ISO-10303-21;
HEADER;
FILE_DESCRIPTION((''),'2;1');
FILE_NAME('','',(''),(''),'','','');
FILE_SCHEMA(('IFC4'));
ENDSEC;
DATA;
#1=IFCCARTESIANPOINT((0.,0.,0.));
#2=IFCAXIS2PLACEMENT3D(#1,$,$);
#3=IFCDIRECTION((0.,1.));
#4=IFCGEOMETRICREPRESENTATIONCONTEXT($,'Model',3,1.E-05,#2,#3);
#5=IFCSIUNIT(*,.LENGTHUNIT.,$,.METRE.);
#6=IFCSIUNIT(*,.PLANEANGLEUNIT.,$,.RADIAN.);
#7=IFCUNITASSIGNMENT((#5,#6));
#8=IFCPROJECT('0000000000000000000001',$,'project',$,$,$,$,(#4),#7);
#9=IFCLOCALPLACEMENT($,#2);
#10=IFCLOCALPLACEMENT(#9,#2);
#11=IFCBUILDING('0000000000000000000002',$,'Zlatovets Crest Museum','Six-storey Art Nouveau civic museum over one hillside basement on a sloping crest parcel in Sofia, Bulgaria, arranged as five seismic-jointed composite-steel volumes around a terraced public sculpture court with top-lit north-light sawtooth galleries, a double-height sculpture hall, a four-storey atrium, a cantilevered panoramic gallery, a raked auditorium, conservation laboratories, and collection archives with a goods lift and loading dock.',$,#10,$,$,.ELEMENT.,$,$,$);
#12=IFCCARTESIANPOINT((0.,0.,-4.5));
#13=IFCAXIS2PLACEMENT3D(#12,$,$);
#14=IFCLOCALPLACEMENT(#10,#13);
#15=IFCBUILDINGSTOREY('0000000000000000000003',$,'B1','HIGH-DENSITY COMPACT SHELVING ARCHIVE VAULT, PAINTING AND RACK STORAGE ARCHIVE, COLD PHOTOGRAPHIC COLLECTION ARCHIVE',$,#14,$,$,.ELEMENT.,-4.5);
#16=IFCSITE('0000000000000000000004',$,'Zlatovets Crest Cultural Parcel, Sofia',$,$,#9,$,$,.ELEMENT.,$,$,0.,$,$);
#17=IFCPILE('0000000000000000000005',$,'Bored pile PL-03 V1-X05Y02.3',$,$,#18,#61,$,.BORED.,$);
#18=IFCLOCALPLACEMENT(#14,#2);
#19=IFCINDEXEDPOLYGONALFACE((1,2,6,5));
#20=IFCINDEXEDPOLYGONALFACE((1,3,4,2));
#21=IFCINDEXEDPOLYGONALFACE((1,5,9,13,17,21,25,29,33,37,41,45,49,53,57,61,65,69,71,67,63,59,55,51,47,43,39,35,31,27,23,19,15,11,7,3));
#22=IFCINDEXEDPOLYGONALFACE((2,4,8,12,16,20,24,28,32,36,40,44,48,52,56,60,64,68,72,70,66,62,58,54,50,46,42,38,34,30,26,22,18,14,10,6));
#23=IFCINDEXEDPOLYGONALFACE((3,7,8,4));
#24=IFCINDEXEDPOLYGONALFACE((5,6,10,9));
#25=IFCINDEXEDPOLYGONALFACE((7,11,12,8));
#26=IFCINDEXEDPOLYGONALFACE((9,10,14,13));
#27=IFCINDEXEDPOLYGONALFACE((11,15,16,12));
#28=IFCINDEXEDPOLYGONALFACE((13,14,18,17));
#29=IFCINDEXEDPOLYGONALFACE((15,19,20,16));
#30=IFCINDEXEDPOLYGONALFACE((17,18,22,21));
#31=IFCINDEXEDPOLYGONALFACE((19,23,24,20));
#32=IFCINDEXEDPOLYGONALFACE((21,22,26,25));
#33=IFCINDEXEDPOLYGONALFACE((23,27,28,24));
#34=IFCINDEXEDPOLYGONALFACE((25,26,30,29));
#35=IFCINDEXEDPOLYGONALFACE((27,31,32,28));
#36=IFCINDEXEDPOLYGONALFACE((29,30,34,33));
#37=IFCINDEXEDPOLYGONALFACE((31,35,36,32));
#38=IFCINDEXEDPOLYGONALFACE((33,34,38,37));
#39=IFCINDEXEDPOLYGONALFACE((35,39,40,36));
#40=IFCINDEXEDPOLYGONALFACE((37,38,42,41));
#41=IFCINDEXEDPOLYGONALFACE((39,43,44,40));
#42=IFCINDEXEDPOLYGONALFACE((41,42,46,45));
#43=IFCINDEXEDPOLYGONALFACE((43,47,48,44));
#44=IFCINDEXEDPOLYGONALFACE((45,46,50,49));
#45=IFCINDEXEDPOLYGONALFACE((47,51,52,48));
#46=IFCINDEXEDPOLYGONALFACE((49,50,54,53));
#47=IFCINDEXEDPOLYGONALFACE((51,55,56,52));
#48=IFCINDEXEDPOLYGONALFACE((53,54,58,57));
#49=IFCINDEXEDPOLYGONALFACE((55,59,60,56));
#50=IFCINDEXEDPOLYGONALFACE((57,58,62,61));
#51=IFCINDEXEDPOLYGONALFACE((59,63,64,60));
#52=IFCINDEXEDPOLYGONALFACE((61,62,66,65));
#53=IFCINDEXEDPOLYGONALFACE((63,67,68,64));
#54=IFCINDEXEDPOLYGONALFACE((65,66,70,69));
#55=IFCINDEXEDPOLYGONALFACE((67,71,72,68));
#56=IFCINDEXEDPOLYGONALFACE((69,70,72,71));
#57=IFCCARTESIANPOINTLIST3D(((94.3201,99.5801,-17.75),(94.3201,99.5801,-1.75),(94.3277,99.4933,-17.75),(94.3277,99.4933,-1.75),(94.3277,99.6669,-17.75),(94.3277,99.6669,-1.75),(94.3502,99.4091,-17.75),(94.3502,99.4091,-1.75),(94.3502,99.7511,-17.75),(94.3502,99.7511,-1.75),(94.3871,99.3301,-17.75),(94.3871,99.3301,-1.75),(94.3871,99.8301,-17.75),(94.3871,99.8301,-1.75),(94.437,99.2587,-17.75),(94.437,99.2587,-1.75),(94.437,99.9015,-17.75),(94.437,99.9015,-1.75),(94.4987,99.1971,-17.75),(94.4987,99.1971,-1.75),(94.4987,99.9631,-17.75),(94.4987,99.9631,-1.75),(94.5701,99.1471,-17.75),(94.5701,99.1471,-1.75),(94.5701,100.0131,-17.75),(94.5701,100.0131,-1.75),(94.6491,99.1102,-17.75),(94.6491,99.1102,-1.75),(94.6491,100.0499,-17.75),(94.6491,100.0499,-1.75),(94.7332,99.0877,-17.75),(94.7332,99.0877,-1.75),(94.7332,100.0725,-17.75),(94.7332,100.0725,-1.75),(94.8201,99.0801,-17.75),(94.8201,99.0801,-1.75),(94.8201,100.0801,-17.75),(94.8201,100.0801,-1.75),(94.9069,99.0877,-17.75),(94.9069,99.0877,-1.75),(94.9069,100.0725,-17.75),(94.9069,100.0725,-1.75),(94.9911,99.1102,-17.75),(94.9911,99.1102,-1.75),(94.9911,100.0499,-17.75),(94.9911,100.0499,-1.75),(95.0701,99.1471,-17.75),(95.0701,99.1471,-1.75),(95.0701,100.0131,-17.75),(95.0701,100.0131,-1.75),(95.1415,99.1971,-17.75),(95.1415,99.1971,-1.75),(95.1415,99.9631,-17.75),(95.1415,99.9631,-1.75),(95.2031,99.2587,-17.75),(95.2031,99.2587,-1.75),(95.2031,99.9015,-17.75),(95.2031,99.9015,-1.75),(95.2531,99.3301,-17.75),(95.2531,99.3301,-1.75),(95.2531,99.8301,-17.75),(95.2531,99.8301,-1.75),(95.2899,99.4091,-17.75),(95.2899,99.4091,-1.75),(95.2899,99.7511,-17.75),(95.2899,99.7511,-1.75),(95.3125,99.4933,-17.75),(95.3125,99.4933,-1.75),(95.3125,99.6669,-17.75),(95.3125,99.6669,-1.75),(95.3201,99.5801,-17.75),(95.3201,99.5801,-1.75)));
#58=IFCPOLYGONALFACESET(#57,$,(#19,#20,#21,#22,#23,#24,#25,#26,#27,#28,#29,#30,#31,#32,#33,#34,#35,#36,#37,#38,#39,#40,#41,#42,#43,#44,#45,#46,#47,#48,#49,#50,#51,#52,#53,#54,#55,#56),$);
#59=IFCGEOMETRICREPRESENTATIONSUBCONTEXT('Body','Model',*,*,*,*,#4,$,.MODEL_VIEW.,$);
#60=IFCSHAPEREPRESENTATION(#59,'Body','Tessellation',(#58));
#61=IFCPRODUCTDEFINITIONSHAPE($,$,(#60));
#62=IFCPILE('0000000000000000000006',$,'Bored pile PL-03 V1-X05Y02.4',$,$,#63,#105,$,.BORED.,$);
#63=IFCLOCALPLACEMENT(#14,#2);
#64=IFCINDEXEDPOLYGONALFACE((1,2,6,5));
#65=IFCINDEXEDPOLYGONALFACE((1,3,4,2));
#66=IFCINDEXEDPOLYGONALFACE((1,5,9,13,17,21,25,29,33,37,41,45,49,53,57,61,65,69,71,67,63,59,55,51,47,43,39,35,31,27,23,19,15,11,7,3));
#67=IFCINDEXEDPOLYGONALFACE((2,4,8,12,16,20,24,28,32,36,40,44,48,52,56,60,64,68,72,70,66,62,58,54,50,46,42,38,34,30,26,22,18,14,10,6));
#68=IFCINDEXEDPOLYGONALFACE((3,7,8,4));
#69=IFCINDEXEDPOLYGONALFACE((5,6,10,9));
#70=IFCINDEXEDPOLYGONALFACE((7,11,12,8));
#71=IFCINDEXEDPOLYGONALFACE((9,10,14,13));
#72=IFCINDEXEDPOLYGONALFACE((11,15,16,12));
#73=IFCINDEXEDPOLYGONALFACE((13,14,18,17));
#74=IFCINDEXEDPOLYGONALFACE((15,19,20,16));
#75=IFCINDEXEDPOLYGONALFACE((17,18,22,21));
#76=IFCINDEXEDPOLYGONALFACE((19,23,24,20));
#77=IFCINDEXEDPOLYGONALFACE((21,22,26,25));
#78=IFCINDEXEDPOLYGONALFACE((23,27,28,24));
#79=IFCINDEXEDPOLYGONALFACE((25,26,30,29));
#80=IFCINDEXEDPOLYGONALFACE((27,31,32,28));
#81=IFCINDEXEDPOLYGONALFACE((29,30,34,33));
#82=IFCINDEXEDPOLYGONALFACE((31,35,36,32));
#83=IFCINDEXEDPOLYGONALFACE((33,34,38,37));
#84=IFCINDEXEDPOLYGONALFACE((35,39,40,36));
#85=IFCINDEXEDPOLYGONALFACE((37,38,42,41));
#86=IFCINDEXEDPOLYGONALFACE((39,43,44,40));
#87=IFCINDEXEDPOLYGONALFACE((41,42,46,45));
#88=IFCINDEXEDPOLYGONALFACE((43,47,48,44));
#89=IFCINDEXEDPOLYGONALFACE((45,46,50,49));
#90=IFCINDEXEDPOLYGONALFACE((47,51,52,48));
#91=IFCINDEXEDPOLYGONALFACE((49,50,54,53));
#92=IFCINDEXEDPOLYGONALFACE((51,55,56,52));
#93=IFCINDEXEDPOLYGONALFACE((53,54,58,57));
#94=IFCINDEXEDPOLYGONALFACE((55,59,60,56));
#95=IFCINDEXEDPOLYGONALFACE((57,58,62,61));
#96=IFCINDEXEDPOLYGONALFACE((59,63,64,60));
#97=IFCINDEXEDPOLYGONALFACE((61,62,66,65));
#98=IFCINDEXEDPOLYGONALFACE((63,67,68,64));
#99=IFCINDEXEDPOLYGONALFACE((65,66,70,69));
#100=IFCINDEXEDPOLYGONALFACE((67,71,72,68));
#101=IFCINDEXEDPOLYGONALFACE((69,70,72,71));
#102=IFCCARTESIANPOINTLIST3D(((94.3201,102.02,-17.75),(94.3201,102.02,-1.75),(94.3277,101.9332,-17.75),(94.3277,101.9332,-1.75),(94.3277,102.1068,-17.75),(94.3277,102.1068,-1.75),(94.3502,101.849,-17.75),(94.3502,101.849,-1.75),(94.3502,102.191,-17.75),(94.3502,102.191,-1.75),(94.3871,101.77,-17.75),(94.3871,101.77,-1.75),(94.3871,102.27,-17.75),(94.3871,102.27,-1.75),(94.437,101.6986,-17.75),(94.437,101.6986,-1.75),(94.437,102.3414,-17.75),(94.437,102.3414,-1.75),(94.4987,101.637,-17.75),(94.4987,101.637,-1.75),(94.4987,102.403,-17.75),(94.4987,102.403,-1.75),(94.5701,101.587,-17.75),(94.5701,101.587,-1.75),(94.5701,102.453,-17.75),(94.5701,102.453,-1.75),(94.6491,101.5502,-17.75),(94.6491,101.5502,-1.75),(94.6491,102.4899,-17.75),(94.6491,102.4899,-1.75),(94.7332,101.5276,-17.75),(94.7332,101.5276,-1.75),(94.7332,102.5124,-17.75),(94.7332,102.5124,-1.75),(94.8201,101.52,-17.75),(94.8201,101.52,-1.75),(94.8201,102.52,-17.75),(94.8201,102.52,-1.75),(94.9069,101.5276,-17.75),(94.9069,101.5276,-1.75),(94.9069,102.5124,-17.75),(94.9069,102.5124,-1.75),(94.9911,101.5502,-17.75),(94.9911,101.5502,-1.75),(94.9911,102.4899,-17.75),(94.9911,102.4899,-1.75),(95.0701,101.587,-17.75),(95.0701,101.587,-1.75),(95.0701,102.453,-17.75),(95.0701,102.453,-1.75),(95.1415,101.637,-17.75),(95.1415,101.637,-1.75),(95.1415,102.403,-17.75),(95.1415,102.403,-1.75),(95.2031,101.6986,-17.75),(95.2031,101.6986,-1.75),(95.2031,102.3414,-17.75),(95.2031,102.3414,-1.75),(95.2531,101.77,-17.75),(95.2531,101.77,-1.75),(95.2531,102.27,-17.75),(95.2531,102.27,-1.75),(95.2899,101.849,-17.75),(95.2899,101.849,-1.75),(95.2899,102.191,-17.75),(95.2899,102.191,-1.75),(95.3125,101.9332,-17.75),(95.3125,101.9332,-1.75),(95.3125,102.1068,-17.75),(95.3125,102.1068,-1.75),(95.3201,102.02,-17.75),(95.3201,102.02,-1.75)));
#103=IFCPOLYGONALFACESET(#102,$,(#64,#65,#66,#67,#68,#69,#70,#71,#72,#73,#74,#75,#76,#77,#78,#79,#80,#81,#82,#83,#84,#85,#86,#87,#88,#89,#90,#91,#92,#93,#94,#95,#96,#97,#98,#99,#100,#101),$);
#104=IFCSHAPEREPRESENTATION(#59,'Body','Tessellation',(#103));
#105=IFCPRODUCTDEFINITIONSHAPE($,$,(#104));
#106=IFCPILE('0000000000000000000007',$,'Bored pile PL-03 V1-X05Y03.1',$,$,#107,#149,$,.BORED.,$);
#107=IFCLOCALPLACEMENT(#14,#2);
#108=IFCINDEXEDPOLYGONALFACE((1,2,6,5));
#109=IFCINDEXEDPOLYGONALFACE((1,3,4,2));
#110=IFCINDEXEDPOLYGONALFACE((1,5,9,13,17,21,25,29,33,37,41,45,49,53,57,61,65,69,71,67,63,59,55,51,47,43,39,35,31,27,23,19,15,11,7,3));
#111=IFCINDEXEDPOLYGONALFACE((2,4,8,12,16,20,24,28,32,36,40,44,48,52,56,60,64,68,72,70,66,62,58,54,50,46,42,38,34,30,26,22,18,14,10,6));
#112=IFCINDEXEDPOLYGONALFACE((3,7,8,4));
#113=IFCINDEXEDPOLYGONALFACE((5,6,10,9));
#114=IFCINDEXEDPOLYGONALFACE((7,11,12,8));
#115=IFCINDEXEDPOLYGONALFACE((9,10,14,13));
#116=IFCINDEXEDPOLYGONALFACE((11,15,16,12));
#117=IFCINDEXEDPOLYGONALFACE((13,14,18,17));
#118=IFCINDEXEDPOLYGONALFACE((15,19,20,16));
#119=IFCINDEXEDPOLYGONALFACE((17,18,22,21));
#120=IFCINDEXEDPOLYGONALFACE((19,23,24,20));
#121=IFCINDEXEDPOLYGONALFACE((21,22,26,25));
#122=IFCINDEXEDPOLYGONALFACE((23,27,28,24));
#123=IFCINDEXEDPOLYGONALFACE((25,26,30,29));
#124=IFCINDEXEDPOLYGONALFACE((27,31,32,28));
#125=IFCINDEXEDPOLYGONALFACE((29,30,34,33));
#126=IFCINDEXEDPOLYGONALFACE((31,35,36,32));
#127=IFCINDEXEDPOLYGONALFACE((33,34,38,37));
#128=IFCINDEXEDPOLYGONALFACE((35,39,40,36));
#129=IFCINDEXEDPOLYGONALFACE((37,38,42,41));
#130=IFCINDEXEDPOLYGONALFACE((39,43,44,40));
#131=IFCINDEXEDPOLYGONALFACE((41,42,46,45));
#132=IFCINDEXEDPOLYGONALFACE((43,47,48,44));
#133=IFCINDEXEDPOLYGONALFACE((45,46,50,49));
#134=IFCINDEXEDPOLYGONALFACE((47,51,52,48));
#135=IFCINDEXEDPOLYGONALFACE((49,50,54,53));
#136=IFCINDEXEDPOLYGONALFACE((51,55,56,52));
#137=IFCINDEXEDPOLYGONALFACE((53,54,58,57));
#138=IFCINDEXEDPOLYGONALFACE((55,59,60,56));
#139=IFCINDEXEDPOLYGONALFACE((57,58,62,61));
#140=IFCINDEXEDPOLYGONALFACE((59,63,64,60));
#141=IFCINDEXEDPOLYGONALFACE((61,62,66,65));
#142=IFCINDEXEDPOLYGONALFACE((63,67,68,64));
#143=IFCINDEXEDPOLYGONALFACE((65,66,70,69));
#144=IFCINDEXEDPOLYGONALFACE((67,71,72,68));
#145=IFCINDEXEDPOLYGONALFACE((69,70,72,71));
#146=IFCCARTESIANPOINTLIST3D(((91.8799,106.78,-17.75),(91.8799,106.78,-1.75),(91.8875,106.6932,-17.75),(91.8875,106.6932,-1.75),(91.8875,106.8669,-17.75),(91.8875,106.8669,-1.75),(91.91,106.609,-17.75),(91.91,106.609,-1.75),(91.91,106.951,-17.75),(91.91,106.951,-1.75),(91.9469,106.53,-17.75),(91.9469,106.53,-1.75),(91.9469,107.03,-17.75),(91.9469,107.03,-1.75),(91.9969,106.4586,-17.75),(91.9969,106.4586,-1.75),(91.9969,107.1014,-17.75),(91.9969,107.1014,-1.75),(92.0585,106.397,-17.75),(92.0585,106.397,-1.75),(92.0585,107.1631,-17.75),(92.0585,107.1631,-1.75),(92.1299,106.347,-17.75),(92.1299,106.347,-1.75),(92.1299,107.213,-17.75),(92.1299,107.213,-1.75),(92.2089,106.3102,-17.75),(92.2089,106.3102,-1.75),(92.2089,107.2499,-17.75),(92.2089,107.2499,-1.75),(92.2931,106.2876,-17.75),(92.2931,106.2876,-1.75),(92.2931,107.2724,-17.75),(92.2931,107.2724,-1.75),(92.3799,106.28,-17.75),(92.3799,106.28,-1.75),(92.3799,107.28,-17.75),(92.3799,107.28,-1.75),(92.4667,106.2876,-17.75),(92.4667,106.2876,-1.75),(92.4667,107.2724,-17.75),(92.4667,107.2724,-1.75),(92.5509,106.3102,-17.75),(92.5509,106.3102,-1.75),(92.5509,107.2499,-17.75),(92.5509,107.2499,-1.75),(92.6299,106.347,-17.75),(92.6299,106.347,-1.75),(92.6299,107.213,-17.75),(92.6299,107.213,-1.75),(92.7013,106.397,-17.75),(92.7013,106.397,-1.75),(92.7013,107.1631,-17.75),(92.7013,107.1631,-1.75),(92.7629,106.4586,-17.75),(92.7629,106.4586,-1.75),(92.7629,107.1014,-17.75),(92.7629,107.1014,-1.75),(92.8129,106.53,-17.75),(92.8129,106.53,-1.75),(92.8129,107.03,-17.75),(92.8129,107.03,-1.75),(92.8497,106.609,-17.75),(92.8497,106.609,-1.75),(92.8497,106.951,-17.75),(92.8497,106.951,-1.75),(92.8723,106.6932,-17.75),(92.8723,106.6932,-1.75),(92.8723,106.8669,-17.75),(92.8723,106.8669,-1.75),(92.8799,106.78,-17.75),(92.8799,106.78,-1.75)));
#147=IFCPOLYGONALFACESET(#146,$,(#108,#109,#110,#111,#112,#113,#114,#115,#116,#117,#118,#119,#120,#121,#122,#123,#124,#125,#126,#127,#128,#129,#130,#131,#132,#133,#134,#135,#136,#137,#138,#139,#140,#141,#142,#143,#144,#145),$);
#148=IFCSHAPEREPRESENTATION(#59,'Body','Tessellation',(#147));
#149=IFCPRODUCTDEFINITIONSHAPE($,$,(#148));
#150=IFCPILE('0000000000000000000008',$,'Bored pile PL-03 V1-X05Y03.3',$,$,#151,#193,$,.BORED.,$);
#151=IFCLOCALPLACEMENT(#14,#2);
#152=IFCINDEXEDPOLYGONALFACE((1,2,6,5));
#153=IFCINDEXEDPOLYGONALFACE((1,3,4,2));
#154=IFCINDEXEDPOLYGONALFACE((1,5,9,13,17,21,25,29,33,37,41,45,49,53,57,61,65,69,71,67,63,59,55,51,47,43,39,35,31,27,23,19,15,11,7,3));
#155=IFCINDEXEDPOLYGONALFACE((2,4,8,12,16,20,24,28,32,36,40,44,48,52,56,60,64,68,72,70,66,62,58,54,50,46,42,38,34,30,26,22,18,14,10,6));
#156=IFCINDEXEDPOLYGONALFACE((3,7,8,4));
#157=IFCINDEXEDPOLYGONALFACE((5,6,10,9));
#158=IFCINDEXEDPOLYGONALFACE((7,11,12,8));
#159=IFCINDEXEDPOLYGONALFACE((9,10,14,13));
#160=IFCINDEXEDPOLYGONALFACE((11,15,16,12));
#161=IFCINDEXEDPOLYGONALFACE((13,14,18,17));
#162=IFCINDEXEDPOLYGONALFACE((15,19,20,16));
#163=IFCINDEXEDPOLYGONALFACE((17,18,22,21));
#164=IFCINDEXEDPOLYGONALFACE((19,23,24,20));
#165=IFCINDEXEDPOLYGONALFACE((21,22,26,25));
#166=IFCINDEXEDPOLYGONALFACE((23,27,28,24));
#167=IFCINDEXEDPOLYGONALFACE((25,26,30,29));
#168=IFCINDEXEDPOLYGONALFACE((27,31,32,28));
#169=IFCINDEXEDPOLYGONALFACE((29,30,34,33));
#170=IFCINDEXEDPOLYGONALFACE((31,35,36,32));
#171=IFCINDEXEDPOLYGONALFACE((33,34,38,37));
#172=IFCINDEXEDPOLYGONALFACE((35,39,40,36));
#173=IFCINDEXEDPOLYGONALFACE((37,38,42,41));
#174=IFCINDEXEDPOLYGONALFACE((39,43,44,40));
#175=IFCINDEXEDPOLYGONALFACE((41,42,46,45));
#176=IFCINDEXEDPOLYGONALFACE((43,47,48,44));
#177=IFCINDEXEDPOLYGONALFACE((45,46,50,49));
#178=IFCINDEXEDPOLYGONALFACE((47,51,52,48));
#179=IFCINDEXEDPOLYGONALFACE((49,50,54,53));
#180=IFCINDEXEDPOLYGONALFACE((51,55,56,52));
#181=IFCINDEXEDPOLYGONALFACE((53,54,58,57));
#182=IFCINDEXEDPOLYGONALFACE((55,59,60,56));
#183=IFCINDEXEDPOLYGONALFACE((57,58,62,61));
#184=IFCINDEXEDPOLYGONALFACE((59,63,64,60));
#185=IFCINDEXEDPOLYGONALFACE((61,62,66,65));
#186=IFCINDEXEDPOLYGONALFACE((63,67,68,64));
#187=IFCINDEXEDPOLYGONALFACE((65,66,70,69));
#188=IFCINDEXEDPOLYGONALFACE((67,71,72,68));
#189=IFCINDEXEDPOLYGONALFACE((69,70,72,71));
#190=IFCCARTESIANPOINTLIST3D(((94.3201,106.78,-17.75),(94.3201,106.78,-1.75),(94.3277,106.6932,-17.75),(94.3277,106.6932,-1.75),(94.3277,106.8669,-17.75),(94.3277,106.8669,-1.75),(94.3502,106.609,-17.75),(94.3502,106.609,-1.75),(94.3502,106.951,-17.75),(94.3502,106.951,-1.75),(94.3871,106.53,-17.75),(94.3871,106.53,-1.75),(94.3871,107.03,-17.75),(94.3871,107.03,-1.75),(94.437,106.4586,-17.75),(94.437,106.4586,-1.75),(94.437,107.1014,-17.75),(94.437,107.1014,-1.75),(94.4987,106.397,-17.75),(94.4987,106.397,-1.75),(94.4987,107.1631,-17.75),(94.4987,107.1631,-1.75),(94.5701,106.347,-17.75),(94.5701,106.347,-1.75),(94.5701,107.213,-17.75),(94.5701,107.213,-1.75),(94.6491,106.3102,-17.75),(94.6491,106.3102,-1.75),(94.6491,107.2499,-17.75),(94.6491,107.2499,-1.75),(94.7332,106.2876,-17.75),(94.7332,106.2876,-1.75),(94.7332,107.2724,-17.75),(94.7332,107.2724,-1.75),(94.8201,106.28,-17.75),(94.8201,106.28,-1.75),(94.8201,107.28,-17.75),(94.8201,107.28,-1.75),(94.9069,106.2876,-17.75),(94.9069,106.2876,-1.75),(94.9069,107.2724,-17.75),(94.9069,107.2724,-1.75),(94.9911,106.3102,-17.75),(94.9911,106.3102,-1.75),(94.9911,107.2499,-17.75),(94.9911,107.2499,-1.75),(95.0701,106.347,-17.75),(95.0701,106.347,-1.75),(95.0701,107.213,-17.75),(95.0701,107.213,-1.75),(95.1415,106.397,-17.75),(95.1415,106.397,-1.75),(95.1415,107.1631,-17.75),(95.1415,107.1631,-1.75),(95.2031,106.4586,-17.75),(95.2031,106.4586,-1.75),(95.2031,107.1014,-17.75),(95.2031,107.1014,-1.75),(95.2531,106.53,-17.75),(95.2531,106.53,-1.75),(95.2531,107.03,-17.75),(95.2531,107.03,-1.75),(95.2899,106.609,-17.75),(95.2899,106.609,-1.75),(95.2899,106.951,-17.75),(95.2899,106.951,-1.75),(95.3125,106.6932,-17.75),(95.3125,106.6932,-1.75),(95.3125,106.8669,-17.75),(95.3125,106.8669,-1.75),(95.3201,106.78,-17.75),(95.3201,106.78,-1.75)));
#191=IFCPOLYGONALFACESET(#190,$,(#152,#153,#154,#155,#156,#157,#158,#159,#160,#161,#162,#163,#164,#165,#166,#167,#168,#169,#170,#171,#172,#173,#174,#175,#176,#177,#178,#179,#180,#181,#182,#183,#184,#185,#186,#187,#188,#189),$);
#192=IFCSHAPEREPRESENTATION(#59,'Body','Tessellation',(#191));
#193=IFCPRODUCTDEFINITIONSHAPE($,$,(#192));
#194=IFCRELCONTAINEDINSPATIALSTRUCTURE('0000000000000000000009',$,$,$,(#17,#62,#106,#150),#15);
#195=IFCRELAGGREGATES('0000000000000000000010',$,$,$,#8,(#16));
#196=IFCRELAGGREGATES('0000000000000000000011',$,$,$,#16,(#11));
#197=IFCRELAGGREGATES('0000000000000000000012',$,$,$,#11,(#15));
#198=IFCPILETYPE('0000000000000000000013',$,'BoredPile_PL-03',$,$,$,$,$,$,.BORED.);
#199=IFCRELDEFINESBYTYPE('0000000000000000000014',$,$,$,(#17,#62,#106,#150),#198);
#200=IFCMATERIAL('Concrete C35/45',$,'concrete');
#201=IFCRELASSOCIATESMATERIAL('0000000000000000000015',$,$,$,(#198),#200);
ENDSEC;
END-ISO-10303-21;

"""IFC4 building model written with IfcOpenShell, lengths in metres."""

from ifc_helpers import new_model, si_unit, direction, frame, origin, origin_2d, place, context, subcontext, project, spatial, circle, extrude, material, material_profile, profile_set, type_object, element, save


model = new_model("IFC4")

# Units and contexts
model_context = context("Model", 3, precision=1e-05, world=origin(), true_north=direction((0.0, 1.0)))
body_context = subcontext(model_context, "Body", "Model", "MODEL_VIEW")
ifc_project = project(units=[si_unit("LENGTHUNIT", "METRE"), si_unit("PLANEANGLEUNIT", "RADIAN")], contexts=[model_context])

# Site, building, storey
site_placement = place(None, origin())
site = spatial("IfcSite", under=ifc_project, at=site_placement, Name="Zlatovets Crest Cultural Parcel, Sofia", CompositionType="ELEMENT", RefElevation=0.0)
building_placement = place(site_placement, origin())
building = spatial("IfcBuilding", under=site, at=building_placement, Name="Zlatovets Crest Museum", Description="Six-storey Art Nouveau civic museum over one hillside basement on a sloping crest parcel in Sofia, Bulgaria, arranged as five seismic-jointed composite-steel volumes around a terraced public sculpture court with top-lit north-light sawtooth galleries, a double-height sculpture hall, a four-storey atrium, a cantilevered panoramic gallery, a raked auditorium, conservation laboratories, and collection archives with a goods lift and loading dock.", CompositionType="ELEMENT")
storey_placement = place(building_placement, frame((0.0, 0.0, -4.5)))
storey = spatial("IfcBuildingStorey", under=building, at=storey_placement, Name="B1", Description="HIGH-DENSITY COMPACT SHELVING ARCHIVE VAULT, PAINTING AND RACK STORAGE ARCHIVE, COLD PHOTOGRAPHIC COLLECTION ARCHIVE", CompositionType="ELEMENT", Elevation=-4.5)

# Piles
ifc_material_1 = material(Name="Concrete C35/45", Category="concrete")
ifc_material_profile_1 = material_profile(ifc_material_1, circle(Radius=0.5, at=origin_2d()), Name="PILE D1000")
ifc_profile_set_1 = profile_set([ifc_material_profile_1], Name="Concrete C35/45")
pile_type = type_object("IfcPileType", Name="BoredPile_PL-03", PredefinedType="BORED", material=ifc_profile_set_1)
for number, where, z_axis, x_axis, name in (
    (1, (94.8201, 99.5801, -1.75), (0.0, 0.0, -1.0), (1.0, 0.0, 0.0), "Bored pile PL-03 V1-X05Y02.3"),
    (2, (94.8201, 102.02, -1.75), (0.0, 0.0, -1.0), (1.0, 0.0, 0.0), "Bored pile PL-03 V1-X05Y02.4"),
    (3, (92.3799, 106.78, -1.75), (0.0, 0.0, -1.0), (1.0, 0.0, 0.0), "Bored pile PL-03 V1-X05Y03.1"),
    (4, (94.8201, 106.78, -1.75), (0.0, 0.0, -1.0), (1.0, 0.0, 0.0), "Bored pile PL-03 V1-X05Y03.3"),
):
    element("IfcPile", number, at=place(storey_placement, frame(where, z_axis=z_axis, x_axis=x_axis)), inside=storey, type_object=pile_type, Name=name, PredefinedType="BORED", context=body_context, shape_type="SweptSolid", body=[
        extrude(circle(Radius=0.5, at=origin_2d()), origin(), (0.0, 0.0, 1.0), 16.0),
    ])

save(model, "model.ifc")
